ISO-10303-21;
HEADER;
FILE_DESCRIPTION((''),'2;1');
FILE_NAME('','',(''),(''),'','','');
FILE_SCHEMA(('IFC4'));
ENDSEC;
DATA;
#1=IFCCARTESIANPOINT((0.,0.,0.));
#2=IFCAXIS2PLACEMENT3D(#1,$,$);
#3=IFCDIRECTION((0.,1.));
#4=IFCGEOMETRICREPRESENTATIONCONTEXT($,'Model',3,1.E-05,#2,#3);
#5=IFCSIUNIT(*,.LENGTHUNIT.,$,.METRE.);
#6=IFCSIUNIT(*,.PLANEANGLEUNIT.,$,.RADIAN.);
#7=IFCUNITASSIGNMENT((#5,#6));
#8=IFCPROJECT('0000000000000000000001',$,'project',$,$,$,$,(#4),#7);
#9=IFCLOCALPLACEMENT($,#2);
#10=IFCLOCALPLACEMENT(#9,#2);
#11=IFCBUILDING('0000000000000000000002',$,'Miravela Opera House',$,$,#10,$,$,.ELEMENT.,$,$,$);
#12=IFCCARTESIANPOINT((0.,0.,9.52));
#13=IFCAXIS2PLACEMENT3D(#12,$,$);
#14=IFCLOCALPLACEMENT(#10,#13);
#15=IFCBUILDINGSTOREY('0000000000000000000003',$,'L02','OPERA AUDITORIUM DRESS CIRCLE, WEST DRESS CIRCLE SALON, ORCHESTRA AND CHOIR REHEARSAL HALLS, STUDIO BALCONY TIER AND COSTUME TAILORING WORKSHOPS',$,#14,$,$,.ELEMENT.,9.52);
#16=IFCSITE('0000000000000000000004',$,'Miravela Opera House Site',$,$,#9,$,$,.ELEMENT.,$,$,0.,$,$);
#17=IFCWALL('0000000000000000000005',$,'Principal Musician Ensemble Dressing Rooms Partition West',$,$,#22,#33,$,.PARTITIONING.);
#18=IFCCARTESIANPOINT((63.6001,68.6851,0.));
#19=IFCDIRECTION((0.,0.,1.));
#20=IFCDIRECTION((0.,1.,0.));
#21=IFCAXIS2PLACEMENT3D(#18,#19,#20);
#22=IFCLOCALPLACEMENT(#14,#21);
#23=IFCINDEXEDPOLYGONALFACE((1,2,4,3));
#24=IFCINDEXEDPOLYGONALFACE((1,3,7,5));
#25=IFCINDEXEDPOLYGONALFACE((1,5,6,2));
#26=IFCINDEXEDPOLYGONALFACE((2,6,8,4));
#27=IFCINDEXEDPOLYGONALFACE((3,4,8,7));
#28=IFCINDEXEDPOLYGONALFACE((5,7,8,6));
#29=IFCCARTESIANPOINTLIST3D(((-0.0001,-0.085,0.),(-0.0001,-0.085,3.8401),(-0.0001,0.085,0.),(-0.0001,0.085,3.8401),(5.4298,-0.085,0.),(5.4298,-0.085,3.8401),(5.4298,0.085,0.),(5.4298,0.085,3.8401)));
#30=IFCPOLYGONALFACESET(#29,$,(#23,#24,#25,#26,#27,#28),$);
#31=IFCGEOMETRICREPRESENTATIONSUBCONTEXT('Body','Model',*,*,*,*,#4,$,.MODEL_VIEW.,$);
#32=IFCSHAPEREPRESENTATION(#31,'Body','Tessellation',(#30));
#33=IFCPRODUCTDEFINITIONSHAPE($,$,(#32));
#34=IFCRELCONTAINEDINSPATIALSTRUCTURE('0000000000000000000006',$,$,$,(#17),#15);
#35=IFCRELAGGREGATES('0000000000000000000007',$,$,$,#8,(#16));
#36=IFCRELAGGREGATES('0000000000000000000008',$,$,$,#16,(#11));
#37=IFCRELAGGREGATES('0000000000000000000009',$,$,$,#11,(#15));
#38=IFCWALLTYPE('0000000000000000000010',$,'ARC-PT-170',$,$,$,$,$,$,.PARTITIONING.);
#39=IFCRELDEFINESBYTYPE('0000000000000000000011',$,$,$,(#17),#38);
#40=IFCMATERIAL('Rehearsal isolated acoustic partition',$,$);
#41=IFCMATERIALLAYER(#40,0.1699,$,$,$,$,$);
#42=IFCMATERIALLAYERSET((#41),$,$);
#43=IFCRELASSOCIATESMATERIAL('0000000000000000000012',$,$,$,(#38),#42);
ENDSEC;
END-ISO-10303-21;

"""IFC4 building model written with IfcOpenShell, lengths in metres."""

from ifc_helpers import new_model, si_unit, direction, frame, frame_2d, origin, place, context, subcontext, project, spatial, rectangle, extrude, material, layer, layer_set, type_object, element, save


model = new_model("IFC4")

# Units and contexts
model_context = context("Model", 3, precision=1e-05, world=origin(), true_north=direction((0.0, 1.0)))
body_context = subcontext(model_context, "Body", "Model", "MODEL_VIEW")
ifc_project = project(units=[si_unit("LENGTHUNIT", "METRE"), si_unit("PLANEANGLEUNIT", "RADIAN")], contexts=[model_context])

# Site, building, storey
site_placement = place(None, origin())
site = spatial("IfcSite", under=ifc_project, at=site_placement, Name="Miravela Opera House Site", CompositionType="ELEMENT", RefElevation=0.0)
building_placement = place(site_placement, origin())
building = spatial("IfcBuilding", under=site, at=building_placement, Name="Miravela Opera House", CompositionType="ELEMENT")
storey_placement = place(building_placement, frame((0.0, 0.0, 9.52)))
storey = spatial("IfcBuildingStorey", under=building, at=storey_placement, Name="L02", Description="OPERA AUDITORIUM DRESS CIRCLE, WEST DRESS CIRCLE SALON, ORCHESTRA AND CHOIR REHEARSAL HALLS, STUDIO BALCONY TIER AND COSTUME TAILORING WORKSHOPS", CompositionType="ELEMENT", Elevation=9.52)

# Wall
ifc_material_1 = material(Name="Rehearsal isolated acoustic partition")
ifc_layer_1 = layer(ifc_material_1, 0.1699)
ifc_layer_set_1 = layer_set([ifc_layer_1])
wall_type_1 = type_object("IfcWallType", Name="ARC-PT-170", PredefinedType="PARTITIONING", material=ifc_layer_set_1)
wall_1_placement = place(storey_placement, frame((63.6001, 68.6851, 0.0), z_axis=(0.0, 0.0, 1.0), x_axis=(0.0, 1.0, 0.0)))
element("IfcWall", 1, at=wall_1_placement, inside=storey, type_object=wall_type_1, Name="Principal Musician Ensemble Dressing Rooms Partition West", PredefinedType="PARTITIONING", context=body_context, shape_type="SweptSolid", body=[
    extrude(rectangle(XDim=5.4299, YDim=0.1699, at=frame_2d((2.7148, 0.0))), origin(), (0.0, 0.0, 1.0), 3.8401),
])

save(model, "model.ifc")
